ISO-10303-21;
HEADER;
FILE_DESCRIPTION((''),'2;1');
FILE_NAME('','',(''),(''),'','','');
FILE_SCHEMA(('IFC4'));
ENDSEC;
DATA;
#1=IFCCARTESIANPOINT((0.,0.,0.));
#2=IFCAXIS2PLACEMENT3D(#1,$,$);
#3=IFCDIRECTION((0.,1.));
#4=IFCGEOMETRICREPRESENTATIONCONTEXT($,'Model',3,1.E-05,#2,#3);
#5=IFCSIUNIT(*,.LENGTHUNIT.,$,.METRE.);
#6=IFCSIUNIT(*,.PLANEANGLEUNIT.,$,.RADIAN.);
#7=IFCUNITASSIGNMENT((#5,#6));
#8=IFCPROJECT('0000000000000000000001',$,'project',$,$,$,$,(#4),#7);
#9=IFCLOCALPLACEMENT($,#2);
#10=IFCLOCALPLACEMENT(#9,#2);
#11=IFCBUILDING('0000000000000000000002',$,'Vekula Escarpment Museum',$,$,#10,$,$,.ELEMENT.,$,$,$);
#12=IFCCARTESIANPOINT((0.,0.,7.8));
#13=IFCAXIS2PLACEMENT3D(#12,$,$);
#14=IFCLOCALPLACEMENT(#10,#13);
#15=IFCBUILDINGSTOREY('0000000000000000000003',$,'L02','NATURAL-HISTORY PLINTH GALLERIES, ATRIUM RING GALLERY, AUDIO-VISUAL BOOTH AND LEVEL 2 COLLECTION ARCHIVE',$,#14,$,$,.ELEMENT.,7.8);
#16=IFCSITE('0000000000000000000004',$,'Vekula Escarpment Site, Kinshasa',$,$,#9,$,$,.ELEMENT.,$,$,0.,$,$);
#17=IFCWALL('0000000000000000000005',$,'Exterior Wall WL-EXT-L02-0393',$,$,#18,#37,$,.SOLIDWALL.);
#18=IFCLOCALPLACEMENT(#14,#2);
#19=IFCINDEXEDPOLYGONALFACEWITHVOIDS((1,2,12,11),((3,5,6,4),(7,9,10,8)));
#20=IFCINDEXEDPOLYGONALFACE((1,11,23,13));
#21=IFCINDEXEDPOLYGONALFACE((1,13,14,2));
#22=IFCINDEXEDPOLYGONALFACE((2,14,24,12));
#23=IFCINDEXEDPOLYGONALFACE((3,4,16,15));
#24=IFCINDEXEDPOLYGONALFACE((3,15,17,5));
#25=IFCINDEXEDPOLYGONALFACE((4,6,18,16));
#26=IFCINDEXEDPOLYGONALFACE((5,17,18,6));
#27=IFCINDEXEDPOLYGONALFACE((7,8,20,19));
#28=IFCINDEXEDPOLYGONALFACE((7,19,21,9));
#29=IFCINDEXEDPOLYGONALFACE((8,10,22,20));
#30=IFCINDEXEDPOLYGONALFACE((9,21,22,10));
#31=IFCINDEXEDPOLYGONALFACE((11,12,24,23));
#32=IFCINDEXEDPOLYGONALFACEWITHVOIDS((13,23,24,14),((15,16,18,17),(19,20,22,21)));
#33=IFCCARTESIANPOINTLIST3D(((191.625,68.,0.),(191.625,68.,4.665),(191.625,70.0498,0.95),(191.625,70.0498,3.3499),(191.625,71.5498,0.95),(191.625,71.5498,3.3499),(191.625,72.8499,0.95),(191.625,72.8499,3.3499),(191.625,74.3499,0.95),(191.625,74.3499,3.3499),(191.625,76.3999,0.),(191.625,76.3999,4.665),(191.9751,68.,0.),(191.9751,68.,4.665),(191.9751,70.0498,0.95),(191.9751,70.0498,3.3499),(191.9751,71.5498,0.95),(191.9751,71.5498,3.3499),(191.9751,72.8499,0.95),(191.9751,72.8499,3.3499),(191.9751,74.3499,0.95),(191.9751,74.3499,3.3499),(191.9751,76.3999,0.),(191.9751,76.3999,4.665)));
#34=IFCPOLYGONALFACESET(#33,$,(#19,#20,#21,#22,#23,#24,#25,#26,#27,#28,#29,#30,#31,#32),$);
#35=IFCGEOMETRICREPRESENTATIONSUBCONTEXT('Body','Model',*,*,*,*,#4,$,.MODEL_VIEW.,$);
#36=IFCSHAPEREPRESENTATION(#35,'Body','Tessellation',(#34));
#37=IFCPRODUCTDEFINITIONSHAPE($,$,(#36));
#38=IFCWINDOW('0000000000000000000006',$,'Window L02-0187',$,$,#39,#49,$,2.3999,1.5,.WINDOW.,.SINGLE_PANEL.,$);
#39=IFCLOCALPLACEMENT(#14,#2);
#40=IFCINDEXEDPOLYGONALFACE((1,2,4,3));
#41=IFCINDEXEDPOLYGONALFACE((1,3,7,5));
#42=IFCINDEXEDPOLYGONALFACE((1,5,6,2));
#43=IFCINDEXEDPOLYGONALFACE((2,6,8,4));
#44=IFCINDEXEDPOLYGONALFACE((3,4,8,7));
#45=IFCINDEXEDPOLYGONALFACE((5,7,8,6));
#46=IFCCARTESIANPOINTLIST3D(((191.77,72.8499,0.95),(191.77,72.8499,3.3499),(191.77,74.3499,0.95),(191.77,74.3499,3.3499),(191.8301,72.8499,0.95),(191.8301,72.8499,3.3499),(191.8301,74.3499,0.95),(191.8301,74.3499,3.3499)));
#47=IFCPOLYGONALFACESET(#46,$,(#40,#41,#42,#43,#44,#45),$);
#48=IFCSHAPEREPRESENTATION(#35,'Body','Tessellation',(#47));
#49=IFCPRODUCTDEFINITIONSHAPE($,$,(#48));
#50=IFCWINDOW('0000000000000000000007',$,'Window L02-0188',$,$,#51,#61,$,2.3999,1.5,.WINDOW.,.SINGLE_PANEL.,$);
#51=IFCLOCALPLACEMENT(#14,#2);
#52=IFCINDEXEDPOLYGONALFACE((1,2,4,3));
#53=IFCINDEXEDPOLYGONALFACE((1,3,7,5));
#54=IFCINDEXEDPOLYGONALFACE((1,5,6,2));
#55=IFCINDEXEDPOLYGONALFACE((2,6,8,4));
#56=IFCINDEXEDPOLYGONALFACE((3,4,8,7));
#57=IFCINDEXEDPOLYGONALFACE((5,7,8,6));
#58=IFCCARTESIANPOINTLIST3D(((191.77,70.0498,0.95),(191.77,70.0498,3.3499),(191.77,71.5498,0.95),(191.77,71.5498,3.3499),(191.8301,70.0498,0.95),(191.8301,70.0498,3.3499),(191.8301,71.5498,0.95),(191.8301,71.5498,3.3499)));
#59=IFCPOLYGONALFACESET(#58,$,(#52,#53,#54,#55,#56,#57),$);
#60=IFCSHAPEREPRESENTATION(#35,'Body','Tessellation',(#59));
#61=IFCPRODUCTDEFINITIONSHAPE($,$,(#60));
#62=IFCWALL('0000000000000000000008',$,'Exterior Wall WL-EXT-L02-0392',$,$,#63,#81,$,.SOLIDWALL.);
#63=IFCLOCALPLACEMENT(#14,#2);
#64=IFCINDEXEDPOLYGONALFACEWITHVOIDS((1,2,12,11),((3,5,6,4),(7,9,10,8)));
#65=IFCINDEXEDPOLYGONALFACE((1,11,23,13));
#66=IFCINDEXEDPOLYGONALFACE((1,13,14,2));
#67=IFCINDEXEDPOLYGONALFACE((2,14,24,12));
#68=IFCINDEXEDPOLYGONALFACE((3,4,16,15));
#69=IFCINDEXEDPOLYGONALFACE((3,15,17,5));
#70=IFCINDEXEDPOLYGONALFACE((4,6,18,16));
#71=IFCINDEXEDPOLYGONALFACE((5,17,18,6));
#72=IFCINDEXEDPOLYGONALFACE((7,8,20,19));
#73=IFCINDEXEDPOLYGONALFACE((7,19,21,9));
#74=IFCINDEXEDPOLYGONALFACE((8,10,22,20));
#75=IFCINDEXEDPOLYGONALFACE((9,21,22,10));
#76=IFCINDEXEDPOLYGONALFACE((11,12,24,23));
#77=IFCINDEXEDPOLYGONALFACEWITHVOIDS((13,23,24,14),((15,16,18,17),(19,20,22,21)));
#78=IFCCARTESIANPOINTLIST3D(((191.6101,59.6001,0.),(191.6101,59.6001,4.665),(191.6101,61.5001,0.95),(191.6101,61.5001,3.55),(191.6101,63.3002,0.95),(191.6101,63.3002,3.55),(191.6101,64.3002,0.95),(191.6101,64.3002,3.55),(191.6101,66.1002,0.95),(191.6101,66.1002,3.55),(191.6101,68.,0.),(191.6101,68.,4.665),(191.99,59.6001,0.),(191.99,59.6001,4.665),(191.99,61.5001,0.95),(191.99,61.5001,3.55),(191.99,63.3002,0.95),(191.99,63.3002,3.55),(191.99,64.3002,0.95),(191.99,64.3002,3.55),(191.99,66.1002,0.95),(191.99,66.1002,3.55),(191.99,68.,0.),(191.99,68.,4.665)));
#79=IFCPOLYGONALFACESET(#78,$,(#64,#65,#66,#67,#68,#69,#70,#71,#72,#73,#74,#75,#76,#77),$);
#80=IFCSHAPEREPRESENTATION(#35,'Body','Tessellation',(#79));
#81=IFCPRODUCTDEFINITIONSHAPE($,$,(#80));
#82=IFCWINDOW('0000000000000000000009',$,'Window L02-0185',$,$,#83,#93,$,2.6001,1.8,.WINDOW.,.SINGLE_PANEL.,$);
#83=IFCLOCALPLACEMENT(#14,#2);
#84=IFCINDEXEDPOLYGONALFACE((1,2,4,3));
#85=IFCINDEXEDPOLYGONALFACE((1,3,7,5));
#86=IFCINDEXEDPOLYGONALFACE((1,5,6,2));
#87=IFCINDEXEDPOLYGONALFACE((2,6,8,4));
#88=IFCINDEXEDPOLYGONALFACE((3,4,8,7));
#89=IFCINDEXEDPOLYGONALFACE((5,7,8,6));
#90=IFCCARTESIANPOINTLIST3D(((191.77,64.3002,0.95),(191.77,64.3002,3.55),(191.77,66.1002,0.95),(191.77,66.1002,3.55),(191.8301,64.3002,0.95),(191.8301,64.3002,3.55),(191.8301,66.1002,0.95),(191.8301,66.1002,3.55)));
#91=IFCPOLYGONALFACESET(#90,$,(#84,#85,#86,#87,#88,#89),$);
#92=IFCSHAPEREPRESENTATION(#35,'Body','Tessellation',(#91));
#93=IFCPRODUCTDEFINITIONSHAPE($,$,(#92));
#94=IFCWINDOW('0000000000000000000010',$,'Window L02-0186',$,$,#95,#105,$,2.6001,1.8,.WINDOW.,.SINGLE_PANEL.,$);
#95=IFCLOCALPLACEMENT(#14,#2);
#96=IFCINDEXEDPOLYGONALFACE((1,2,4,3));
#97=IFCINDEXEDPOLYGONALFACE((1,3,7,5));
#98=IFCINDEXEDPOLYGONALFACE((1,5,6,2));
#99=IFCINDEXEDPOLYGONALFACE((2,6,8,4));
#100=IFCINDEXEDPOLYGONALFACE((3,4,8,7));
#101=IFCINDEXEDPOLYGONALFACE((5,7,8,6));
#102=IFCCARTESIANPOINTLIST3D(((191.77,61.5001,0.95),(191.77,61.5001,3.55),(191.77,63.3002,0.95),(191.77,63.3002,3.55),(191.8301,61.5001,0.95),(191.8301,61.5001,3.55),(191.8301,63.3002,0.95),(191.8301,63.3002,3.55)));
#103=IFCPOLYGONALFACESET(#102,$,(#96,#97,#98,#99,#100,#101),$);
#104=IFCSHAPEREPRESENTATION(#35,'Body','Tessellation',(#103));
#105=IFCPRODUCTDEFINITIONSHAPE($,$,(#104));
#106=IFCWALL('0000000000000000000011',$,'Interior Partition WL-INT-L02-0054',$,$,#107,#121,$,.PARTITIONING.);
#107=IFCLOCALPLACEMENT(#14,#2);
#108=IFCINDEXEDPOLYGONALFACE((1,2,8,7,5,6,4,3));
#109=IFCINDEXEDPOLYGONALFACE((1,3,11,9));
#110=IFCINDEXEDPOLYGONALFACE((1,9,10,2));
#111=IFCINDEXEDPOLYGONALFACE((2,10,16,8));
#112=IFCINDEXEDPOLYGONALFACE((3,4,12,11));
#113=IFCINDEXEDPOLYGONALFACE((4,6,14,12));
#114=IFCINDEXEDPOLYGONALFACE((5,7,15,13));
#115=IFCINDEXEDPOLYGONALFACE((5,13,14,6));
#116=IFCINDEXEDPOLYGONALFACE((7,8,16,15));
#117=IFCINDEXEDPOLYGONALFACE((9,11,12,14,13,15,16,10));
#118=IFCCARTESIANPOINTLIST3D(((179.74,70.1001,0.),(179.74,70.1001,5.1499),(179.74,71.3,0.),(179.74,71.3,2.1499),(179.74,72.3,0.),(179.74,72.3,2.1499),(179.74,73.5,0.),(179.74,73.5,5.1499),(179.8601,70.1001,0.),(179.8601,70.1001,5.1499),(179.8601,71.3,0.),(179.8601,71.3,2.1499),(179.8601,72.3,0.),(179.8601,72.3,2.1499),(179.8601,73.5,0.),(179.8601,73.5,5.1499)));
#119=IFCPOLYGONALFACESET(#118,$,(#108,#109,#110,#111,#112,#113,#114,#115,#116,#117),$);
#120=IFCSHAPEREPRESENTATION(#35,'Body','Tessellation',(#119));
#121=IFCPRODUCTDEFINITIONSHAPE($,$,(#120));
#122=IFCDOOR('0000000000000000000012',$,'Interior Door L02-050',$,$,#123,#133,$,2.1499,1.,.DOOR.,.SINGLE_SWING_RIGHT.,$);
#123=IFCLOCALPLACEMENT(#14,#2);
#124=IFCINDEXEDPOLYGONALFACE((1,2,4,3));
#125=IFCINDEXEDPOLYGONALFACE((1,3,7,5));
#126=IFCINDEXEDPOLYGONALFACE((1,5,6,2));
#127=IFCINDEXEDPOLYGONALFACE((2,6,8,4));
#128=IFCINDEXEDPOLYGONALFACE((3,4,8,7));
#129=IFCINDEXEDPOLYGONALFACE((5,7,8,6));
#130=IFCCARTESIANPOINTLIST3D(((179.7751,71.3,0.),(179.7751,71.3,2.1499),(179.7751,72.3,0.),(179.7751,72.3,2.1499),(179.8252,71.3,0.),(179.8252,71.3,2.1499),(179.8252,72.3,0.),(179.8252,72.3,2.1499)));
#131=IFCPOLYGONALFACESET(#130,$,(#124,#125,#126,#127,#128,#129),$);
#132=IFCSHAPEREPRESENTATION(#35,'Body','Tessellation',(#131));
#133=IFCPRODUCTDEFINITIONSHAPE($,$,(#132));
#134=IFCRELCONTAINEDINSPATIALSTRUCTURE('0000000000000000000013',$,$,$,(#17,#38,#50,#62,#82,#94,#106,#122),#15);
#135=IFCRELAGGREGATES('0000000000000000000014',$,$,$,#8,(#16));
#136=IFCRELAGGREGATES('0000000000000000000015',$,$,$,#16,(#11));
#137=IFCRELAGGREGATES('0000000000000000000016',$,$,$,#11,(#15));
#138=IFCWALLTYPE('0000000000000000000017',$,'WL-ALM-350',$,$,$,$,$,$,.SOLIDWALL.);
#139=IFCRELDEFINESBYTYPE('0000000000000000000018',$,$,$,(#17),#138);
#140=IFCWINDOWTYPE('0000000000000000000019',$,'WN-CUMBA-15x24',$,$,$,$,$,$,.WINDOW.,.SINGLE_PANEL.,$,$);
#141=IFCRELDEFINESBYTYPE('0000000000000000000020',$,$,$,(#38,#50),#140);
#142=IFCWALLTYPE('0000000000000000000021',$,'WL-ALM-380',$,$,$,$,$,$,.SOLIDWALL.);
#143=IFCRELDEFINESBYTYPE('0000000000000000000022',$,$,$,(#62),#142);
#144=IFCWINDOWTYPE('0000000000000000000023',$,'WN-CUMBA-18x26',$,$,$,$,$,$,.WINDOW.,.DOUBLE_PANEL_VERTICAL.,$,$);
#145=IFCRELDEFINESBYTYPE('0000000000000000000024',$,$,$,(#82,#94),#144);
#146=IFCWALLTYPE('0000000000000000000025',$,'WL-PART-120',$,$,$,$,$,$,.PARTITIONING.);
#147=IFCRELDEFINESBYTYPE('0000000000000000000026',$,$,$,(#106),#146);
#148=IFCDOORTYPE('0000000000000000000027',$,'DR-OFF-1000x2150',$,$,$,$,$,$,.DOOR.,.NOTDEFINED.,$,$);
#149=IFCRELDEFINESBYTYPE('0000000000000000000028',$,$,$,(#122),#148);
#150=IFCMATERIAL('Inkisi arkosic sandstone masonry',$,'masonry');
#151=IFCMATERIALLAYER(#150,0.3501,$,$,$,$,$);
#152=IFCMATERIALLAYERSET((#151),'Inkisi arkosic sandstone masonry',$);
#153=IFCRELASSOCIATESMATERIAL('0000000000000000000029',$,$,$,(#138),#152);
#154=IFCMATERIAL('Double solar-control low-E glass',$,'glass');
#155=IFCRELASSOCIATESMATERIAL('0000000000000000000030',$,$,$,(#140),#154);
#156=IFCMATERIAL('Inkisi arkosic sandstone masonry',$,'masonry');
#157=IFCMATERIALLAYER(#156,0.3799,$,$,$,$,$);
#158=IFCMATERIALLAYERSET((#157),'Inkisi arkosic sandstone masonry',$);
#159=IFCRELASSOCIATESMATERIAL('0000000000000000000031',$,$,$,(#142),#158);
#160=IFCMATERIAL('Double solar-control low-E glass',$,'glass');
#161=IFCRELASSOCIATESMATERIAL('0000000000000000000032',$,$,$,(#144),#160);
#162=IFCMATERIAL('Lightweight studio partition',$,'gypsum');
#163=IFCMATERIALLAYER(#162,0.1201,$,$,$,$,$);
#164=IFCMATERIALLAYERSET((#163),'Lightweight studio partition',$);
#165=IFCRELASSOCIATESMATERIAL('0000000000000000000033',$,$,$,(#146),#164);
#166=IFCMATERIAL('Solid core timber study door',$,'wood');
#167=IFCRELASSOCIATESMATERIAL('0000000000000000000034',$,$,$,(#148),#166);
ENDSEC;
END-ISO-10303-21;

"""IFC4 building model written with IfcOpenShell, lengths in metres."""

from ifc_helpers import new_model, si_unit, direction, frame, frame_2d, origin, place, context, subcontext, project, spatial, rectangle, extrude, material, layer, layer_set, type_object, element, fill, save


model = new_model("IFC4")

# Units and contexts
model_context = context("Model", 3, precision=1e-05, world=origin(), true_north=direction((0.0, 1.0)))
body_context = subcontext(model_context, "Body", "Model", "MODEL_VIEW")
ifc_project = project(units=[si_unit("LENGTHUNIT", "METRE"), si_unit("PLANEANGLEUNIT", "RADIAN")], contexts=[model_context])

# Site, building, storey
site_placement = place(None, origin())
site = spatial("IfcSite", under=ifc_project, at=site_placement, Name="Vekula Escarpment Site, Kinshasa", CompositionType="ELEMENT", RefElevation=0.0)
building_placement = place(site_placement, origin())
building = spatial("IfcBuilding", under=site, at=building_placement, Name="Vekula Escarpment Museum", CompositionType="ELEMENT")
storey_placement = place(building_placement, frame((0.0, 0.0, 7.8)))
storey = spatial("IfcBuildingStorey", under=building, at=storey_placement, Name="L02", Description="NATURAL-HISTORY PLINTH GALLERIES, ATRIUM RING GALLERY, AUDIO-VISUAL BOOTH AND LEVEL 2 COLLECTION ARCHIVE", CompositionType="ELEMENT", Elevation=7.8)

# Walls, openings, windows
ifc_material_1 = material(Name="Inkisi arkosic sandstone masonry", Category="masonry")
ifc_layer_1 = layer(ifc_material_1, 0.3501)
ifc_layer_set_1 = layer_set([ifc_layer_1], Name="Inkisi arkosic sandstone masonry")
wall_type_1 = type_object("IfcWallType", Name="WL-ALM-350", PredefinedType="SOLIDWALL", material=ifc_layer_set_1)
wall_1_placement = place(storey_placement, frame((191.8, 76.3999, 0.0), z_axis=(0.0, 0.0, 1.0), x_axis=(0.0, -1.0, 0.0)))
wall_1 = element("IfcWall", 1, at=wall_1_placement, inside=storey, type_object=wall_type_1, Name="Exterior Wall WL-EXT-L02-0393", PredefinedType="SOLIDWALL", context=body_context, shape_type="SweptSolid", body=[
    extrude(rectangle(XDim=8.3999, YDim=0.3501, at=frame_2d((4.2, 0.0))), origin(), (0.0, 0.0, 1.0), 4.665),
])
opening_1_placement = place(wall_1_placement, frame((2.05, 0.0, 0.95)))
opening_1 = element("IfcOpeningElement", 2, at=opening_1_placement, cuts=wall_1, PredefinedType="OPENING", context=body_context, shape_type="SweptSolid", body=[
    extrude(rectangle(XDim=1.5, YDim=2.3999, at=frame_2d((0.75, 1.2))), frame((0.0, 0.1851, 0.0), z_axis=(0.0, -1.0, 0.0), x_axis=(1.0, 0.0, 0.0)), (0.0, 0.0, 1.0), 0.3701),
])
opening_2_placement = place(wall_1_placement, frame((4.8501, 0.0, 0.95)))
opening_2 = element("IfcOpeningElement", 3, at=opening_2_placement, cuts=wall_1, PredefinedType="OPENING", context=body_context, shape_type="SweptSolid", body=[
    extrude(rectangle(XDim=1.5, YDim=2.3999, at=frame_2d((0.75, 1.2))), frame((0.0, 0.1851, 0.0), z_axis=(0.0, -1.0, 0.0), x_axis=(1.0, 0.0, 0.0)), (0.0, 0.0, 1.0), 0.3701),
])
ifc_material_2 = material(Name="Double solar-control low-E glass", Category="glass")
window_type_1 = type_object("IfcWindowType", Name="WN-CUMBA-15x24", PartitioningType="SINGLE_PANEL", PredefinedType="WINDOW", material=ifc_material_2)
window_1_placement = place(opening_1_placement, origin())
window_1 = element("IfcWindow", 4, at=window_1_placement, inside=storey, type_object=window_type_1, Name="Window L02-0187", OverallHeight=2.3999, OverallWidth=1.5, PartitioningType="SINGLE_PANEL", PredefinedType="WINDOW", context=body_context, shape_type="SweptSolid", body=[
    extrude(rectangle(XDim=1.5, YDim=2.3999, at=frame_2d((0.75, 1.2))), frame((0.0, 0.03, 0.0), z_axis=(0.0, -1.0, 0.0), x_axis=(1.0, 0.0, 0.0)), (0.0, 0.0, 1.0), 0.0601),
])
fill(opening_1, window_1)
window_2_placement = place(opening_2_placement, origin())
window_2 = element("IfcWindow", 5, at=window_2_placement, inside=storey, type_object=window_type_1, Name="Window L02-0188", OverallHeight=2.3999, OverallWidth=1.5, PartitioningType="SINGLE_PANEL", PredefinedType="WINDOW", context=body_context, shape_type="SweptSolid", body=[
    extrude(rectangle(XDim=1.5, YDim=2.3999, at=frame_2d((0.75, 1.2))), frame((0.0, 0.03, 0.0), z_axis=(0.0, -1.0, 0.0), x_axis=(1.0, 0.0, 0.0)), (0.0, 0.0, 1.0), 0.0601),
])
fill(opening_2, window_2)
ifc_material_3 = material(Name="Inkisi arkosic sandstone masonry", Category="masonry")
ifc_layer_2 = layer(ifc_material_3, 0.3799)
ifc_layer_set_2 = layer_set([ifc_layer_2], Name="Inkisi arkosic sandstone masonry")
wall_type_2 = type_object("IfcWallType", Name="WL-ALM-380", PredefinedType="SOLIDWALL", material=ifc_layer_set_2)
wall_2_placement = place(storey_placement, frame((191.8, 68.0, 0.0), z_axis=(0.0, 0.0, 1.0), x_axis=(0.0, -1.0, 0.0)))
wall_2 = element("IfcWall", 6, at=wall_2_placement, inside=storey, type_object=wall_type_2, Name="Exterior Wall WL-EXT-L02-0392", PredefinedType="SOLIDWALL", context=body_context, shape_type="SweptSolid", body=[
    extrude(rectangle(XDim=8.3999, YDim=0.3799, at=frame_2d((4.2, 0.0))), origin(), (0.0, 0.0, 1.0), 4.665),
])
opening_3_placement = place(wall_2_placement, frame((1.8999, 0.0, 0.95)))
opening_3 = element("IfcOpeningElement", 7, at=opening_3_placement, cuts=wall_2, PredefinedType="OPENING", context=body_context, shape_type="SweptSolid", body=[
    extrude(rectangle(XDim=1.8, YDim=2.6001, at=frame_2d((0.8999, 1.3))), frame((0.0, 0.2, 0.0), z_axis=(0.0, -1.0, 0.0), x_axis=(1.0, 0.0, 0.0)), (0.0, 0.0, 1.0), 0.3999),
])
opening_4_placement = place(wall_2_placement, frame((4.7, 0.0, 0.95)))
opening_4 = element("IfcOpeningElement", 8, at=opening_4_placement, cuts=wall_2, PredefinedType="OPENING", context=body_context, shape_type="SweptSolid", body=[
    extrude(rectangle(XDim=1.8, YDim=2.6001, at=frame_2d((0.8999, 1.3))), frame((0.0, 0.2, 0.0), z_axis=(0.0, -1.0, 0.0), x_axis=(1.0, 0.0, 0.0)), (0.0, 0.0, 1.0), 0.3999),
])
ifc_material_4 = material(Name="Double solar-control low-E glass", Category="glass")
window_type_2 = type_object("IfcWindowType", Name="WN-CUMBA-18x26", PartitioningType="DOUBLE_PANEL_VERTICAL", PredefinedType="WINDOW", material=ifc_material_4)
window_3_placement = place(opening_3_placement, origin())
window_3 = element("IfcWindow", 9, at=window_3_placement, inside=storey, type_object=window_type_2, Name="Window L02-0185", OverallHeight=2.6001, OverallWidth=1.8, PartitioningType="SINGLE_PANEL", PredefinedType="WINDOW", context=body_context, shape_type="SweptSolid", body=[
    extrude(rectangle(XDim=1.8, YDim=2.6001, at=frame_2d((0.8999, 1.3))), frame((0.0, 0.03, 0.0), z_axis=(0.0, -1.0, 0.0), x_axis=(1.0, 0.0, 0.0)), (0.0, 0.0, 1.0), 0.0601),
])
fill(opening_3, window_3)
window_4_placement = place(opening_4_placement, origin())
window_4 = element("IfcWindow", 10, at=window_4_placement, inside=storey, type_object=window_type_2, Name="Window L02-0186", OverallHeight=2.6001, OverallWidth=1.8, PartitioningType="SINGLE_PANEL", PredefinedType="WINDOW", context=body_context, shape_type="SweptSolid", body=[
    extrude(rectangle(XDim=1.8, YDim=2.6001, at=frame_2d((0.8999, 1.3))), frame((0.0, 0.03, 0.0), z_axis=(0.0, -1.0, 0.0), x_axis=(1.0, 0.0, 0.0)), (0.0, 0.0, 1.0), 0.0601),
])
fill(opening_4, window_4)

# Wall, opening, door
ifc_material_5 = material(Name="Lightweight studio partition", Category="gypsum")
ifc_layer_3 = layer(ifc_material_5, 0.1201)
ifc_layer_set_3 = layer_set([ifc_layer_3], Name="Lightweight studio partition")
wall_type_3 = type_object("IfcWallType", Name="WL-PART-120", PredefinedType="PARTITIONING", material=ifc_layer_set_3)
wall_3_placement = place(storey_placement, frame((179.8, 70.1001, 0.0), z_axis=(0.0, 0.0, 1.0), x_axis=(0.0, 1.0, 0.0)))
wall_3 = element("IfcWall", 11, at=wall_3_placement, inside=storey, type_object=wall_type_3, Name="Interior Partition WL-INT-L02-0054", PredefinedType="PARTITIONING", context=body_context, shape_type="SweptSolid", body=[
    extrude(rectangle(XDim=3.3999, YDim=0.1201, at=frame_2d((1.7, 0.0))), origin(), (0.0, 0.0, 1.0), 5.1499),
])
opening_5_placement = place(wall_3_placement, frame((1.2, 0.0, 0.0)))
opening_5 = element("IfcOpeningElement", 12, at=opening_5_placement, cuts=wall_3, PredefinedType="OPENING", context=body_context, shape_type="SweptSolid", body=[
    extrude(rectangle(XDim=1.0, YDim=2.1499, at=frame_2d((0.5, 1.075))), frame((0.0, 0.0701, 0.0), z_axis=(0.0, -1.0, 0.0), x_axis=(1.0, 0.0, 0.0)), (0.0, 0.0, 1.0), 0.1401),
])
ifc_material_6 = material(Name="Solid core timber study door", Category="wood")
door_type_1 = type_object("IfcDoorType", Name="DR-OFF-1000x2150", OperationType="NOTDEFINED", PredefinedType="DOOR", material=ifc_material_6)
door_1_placement = place(opening_5_placement, origin())
door_1 = element("IfcDoor", 13, at=door_1_placement, inside=storey, type_object=door_type_1, Name="Interior Door L02-050", OperationType="SINGLE_SWING_RIGHT", OverallHeight=2.1499, OverallWidth=1.0, PredefinedType="DOOR", context=body_context, shape_type="SweptSolid", body=[
    extrude(rectangle(XDim=1.0, YDim=2.1499, at=frame_2d((0.5, 1.075))), frame((0.0, 0.0249, 0.0), z_axis=(0.0, -1.0, 0.0), x_axis=(1.0, 0.0, 0.0)), (0.0, 0.0, 1.0), 0.05),
])
fill(opening_5, door_1)

save(model, "model.ifc")
